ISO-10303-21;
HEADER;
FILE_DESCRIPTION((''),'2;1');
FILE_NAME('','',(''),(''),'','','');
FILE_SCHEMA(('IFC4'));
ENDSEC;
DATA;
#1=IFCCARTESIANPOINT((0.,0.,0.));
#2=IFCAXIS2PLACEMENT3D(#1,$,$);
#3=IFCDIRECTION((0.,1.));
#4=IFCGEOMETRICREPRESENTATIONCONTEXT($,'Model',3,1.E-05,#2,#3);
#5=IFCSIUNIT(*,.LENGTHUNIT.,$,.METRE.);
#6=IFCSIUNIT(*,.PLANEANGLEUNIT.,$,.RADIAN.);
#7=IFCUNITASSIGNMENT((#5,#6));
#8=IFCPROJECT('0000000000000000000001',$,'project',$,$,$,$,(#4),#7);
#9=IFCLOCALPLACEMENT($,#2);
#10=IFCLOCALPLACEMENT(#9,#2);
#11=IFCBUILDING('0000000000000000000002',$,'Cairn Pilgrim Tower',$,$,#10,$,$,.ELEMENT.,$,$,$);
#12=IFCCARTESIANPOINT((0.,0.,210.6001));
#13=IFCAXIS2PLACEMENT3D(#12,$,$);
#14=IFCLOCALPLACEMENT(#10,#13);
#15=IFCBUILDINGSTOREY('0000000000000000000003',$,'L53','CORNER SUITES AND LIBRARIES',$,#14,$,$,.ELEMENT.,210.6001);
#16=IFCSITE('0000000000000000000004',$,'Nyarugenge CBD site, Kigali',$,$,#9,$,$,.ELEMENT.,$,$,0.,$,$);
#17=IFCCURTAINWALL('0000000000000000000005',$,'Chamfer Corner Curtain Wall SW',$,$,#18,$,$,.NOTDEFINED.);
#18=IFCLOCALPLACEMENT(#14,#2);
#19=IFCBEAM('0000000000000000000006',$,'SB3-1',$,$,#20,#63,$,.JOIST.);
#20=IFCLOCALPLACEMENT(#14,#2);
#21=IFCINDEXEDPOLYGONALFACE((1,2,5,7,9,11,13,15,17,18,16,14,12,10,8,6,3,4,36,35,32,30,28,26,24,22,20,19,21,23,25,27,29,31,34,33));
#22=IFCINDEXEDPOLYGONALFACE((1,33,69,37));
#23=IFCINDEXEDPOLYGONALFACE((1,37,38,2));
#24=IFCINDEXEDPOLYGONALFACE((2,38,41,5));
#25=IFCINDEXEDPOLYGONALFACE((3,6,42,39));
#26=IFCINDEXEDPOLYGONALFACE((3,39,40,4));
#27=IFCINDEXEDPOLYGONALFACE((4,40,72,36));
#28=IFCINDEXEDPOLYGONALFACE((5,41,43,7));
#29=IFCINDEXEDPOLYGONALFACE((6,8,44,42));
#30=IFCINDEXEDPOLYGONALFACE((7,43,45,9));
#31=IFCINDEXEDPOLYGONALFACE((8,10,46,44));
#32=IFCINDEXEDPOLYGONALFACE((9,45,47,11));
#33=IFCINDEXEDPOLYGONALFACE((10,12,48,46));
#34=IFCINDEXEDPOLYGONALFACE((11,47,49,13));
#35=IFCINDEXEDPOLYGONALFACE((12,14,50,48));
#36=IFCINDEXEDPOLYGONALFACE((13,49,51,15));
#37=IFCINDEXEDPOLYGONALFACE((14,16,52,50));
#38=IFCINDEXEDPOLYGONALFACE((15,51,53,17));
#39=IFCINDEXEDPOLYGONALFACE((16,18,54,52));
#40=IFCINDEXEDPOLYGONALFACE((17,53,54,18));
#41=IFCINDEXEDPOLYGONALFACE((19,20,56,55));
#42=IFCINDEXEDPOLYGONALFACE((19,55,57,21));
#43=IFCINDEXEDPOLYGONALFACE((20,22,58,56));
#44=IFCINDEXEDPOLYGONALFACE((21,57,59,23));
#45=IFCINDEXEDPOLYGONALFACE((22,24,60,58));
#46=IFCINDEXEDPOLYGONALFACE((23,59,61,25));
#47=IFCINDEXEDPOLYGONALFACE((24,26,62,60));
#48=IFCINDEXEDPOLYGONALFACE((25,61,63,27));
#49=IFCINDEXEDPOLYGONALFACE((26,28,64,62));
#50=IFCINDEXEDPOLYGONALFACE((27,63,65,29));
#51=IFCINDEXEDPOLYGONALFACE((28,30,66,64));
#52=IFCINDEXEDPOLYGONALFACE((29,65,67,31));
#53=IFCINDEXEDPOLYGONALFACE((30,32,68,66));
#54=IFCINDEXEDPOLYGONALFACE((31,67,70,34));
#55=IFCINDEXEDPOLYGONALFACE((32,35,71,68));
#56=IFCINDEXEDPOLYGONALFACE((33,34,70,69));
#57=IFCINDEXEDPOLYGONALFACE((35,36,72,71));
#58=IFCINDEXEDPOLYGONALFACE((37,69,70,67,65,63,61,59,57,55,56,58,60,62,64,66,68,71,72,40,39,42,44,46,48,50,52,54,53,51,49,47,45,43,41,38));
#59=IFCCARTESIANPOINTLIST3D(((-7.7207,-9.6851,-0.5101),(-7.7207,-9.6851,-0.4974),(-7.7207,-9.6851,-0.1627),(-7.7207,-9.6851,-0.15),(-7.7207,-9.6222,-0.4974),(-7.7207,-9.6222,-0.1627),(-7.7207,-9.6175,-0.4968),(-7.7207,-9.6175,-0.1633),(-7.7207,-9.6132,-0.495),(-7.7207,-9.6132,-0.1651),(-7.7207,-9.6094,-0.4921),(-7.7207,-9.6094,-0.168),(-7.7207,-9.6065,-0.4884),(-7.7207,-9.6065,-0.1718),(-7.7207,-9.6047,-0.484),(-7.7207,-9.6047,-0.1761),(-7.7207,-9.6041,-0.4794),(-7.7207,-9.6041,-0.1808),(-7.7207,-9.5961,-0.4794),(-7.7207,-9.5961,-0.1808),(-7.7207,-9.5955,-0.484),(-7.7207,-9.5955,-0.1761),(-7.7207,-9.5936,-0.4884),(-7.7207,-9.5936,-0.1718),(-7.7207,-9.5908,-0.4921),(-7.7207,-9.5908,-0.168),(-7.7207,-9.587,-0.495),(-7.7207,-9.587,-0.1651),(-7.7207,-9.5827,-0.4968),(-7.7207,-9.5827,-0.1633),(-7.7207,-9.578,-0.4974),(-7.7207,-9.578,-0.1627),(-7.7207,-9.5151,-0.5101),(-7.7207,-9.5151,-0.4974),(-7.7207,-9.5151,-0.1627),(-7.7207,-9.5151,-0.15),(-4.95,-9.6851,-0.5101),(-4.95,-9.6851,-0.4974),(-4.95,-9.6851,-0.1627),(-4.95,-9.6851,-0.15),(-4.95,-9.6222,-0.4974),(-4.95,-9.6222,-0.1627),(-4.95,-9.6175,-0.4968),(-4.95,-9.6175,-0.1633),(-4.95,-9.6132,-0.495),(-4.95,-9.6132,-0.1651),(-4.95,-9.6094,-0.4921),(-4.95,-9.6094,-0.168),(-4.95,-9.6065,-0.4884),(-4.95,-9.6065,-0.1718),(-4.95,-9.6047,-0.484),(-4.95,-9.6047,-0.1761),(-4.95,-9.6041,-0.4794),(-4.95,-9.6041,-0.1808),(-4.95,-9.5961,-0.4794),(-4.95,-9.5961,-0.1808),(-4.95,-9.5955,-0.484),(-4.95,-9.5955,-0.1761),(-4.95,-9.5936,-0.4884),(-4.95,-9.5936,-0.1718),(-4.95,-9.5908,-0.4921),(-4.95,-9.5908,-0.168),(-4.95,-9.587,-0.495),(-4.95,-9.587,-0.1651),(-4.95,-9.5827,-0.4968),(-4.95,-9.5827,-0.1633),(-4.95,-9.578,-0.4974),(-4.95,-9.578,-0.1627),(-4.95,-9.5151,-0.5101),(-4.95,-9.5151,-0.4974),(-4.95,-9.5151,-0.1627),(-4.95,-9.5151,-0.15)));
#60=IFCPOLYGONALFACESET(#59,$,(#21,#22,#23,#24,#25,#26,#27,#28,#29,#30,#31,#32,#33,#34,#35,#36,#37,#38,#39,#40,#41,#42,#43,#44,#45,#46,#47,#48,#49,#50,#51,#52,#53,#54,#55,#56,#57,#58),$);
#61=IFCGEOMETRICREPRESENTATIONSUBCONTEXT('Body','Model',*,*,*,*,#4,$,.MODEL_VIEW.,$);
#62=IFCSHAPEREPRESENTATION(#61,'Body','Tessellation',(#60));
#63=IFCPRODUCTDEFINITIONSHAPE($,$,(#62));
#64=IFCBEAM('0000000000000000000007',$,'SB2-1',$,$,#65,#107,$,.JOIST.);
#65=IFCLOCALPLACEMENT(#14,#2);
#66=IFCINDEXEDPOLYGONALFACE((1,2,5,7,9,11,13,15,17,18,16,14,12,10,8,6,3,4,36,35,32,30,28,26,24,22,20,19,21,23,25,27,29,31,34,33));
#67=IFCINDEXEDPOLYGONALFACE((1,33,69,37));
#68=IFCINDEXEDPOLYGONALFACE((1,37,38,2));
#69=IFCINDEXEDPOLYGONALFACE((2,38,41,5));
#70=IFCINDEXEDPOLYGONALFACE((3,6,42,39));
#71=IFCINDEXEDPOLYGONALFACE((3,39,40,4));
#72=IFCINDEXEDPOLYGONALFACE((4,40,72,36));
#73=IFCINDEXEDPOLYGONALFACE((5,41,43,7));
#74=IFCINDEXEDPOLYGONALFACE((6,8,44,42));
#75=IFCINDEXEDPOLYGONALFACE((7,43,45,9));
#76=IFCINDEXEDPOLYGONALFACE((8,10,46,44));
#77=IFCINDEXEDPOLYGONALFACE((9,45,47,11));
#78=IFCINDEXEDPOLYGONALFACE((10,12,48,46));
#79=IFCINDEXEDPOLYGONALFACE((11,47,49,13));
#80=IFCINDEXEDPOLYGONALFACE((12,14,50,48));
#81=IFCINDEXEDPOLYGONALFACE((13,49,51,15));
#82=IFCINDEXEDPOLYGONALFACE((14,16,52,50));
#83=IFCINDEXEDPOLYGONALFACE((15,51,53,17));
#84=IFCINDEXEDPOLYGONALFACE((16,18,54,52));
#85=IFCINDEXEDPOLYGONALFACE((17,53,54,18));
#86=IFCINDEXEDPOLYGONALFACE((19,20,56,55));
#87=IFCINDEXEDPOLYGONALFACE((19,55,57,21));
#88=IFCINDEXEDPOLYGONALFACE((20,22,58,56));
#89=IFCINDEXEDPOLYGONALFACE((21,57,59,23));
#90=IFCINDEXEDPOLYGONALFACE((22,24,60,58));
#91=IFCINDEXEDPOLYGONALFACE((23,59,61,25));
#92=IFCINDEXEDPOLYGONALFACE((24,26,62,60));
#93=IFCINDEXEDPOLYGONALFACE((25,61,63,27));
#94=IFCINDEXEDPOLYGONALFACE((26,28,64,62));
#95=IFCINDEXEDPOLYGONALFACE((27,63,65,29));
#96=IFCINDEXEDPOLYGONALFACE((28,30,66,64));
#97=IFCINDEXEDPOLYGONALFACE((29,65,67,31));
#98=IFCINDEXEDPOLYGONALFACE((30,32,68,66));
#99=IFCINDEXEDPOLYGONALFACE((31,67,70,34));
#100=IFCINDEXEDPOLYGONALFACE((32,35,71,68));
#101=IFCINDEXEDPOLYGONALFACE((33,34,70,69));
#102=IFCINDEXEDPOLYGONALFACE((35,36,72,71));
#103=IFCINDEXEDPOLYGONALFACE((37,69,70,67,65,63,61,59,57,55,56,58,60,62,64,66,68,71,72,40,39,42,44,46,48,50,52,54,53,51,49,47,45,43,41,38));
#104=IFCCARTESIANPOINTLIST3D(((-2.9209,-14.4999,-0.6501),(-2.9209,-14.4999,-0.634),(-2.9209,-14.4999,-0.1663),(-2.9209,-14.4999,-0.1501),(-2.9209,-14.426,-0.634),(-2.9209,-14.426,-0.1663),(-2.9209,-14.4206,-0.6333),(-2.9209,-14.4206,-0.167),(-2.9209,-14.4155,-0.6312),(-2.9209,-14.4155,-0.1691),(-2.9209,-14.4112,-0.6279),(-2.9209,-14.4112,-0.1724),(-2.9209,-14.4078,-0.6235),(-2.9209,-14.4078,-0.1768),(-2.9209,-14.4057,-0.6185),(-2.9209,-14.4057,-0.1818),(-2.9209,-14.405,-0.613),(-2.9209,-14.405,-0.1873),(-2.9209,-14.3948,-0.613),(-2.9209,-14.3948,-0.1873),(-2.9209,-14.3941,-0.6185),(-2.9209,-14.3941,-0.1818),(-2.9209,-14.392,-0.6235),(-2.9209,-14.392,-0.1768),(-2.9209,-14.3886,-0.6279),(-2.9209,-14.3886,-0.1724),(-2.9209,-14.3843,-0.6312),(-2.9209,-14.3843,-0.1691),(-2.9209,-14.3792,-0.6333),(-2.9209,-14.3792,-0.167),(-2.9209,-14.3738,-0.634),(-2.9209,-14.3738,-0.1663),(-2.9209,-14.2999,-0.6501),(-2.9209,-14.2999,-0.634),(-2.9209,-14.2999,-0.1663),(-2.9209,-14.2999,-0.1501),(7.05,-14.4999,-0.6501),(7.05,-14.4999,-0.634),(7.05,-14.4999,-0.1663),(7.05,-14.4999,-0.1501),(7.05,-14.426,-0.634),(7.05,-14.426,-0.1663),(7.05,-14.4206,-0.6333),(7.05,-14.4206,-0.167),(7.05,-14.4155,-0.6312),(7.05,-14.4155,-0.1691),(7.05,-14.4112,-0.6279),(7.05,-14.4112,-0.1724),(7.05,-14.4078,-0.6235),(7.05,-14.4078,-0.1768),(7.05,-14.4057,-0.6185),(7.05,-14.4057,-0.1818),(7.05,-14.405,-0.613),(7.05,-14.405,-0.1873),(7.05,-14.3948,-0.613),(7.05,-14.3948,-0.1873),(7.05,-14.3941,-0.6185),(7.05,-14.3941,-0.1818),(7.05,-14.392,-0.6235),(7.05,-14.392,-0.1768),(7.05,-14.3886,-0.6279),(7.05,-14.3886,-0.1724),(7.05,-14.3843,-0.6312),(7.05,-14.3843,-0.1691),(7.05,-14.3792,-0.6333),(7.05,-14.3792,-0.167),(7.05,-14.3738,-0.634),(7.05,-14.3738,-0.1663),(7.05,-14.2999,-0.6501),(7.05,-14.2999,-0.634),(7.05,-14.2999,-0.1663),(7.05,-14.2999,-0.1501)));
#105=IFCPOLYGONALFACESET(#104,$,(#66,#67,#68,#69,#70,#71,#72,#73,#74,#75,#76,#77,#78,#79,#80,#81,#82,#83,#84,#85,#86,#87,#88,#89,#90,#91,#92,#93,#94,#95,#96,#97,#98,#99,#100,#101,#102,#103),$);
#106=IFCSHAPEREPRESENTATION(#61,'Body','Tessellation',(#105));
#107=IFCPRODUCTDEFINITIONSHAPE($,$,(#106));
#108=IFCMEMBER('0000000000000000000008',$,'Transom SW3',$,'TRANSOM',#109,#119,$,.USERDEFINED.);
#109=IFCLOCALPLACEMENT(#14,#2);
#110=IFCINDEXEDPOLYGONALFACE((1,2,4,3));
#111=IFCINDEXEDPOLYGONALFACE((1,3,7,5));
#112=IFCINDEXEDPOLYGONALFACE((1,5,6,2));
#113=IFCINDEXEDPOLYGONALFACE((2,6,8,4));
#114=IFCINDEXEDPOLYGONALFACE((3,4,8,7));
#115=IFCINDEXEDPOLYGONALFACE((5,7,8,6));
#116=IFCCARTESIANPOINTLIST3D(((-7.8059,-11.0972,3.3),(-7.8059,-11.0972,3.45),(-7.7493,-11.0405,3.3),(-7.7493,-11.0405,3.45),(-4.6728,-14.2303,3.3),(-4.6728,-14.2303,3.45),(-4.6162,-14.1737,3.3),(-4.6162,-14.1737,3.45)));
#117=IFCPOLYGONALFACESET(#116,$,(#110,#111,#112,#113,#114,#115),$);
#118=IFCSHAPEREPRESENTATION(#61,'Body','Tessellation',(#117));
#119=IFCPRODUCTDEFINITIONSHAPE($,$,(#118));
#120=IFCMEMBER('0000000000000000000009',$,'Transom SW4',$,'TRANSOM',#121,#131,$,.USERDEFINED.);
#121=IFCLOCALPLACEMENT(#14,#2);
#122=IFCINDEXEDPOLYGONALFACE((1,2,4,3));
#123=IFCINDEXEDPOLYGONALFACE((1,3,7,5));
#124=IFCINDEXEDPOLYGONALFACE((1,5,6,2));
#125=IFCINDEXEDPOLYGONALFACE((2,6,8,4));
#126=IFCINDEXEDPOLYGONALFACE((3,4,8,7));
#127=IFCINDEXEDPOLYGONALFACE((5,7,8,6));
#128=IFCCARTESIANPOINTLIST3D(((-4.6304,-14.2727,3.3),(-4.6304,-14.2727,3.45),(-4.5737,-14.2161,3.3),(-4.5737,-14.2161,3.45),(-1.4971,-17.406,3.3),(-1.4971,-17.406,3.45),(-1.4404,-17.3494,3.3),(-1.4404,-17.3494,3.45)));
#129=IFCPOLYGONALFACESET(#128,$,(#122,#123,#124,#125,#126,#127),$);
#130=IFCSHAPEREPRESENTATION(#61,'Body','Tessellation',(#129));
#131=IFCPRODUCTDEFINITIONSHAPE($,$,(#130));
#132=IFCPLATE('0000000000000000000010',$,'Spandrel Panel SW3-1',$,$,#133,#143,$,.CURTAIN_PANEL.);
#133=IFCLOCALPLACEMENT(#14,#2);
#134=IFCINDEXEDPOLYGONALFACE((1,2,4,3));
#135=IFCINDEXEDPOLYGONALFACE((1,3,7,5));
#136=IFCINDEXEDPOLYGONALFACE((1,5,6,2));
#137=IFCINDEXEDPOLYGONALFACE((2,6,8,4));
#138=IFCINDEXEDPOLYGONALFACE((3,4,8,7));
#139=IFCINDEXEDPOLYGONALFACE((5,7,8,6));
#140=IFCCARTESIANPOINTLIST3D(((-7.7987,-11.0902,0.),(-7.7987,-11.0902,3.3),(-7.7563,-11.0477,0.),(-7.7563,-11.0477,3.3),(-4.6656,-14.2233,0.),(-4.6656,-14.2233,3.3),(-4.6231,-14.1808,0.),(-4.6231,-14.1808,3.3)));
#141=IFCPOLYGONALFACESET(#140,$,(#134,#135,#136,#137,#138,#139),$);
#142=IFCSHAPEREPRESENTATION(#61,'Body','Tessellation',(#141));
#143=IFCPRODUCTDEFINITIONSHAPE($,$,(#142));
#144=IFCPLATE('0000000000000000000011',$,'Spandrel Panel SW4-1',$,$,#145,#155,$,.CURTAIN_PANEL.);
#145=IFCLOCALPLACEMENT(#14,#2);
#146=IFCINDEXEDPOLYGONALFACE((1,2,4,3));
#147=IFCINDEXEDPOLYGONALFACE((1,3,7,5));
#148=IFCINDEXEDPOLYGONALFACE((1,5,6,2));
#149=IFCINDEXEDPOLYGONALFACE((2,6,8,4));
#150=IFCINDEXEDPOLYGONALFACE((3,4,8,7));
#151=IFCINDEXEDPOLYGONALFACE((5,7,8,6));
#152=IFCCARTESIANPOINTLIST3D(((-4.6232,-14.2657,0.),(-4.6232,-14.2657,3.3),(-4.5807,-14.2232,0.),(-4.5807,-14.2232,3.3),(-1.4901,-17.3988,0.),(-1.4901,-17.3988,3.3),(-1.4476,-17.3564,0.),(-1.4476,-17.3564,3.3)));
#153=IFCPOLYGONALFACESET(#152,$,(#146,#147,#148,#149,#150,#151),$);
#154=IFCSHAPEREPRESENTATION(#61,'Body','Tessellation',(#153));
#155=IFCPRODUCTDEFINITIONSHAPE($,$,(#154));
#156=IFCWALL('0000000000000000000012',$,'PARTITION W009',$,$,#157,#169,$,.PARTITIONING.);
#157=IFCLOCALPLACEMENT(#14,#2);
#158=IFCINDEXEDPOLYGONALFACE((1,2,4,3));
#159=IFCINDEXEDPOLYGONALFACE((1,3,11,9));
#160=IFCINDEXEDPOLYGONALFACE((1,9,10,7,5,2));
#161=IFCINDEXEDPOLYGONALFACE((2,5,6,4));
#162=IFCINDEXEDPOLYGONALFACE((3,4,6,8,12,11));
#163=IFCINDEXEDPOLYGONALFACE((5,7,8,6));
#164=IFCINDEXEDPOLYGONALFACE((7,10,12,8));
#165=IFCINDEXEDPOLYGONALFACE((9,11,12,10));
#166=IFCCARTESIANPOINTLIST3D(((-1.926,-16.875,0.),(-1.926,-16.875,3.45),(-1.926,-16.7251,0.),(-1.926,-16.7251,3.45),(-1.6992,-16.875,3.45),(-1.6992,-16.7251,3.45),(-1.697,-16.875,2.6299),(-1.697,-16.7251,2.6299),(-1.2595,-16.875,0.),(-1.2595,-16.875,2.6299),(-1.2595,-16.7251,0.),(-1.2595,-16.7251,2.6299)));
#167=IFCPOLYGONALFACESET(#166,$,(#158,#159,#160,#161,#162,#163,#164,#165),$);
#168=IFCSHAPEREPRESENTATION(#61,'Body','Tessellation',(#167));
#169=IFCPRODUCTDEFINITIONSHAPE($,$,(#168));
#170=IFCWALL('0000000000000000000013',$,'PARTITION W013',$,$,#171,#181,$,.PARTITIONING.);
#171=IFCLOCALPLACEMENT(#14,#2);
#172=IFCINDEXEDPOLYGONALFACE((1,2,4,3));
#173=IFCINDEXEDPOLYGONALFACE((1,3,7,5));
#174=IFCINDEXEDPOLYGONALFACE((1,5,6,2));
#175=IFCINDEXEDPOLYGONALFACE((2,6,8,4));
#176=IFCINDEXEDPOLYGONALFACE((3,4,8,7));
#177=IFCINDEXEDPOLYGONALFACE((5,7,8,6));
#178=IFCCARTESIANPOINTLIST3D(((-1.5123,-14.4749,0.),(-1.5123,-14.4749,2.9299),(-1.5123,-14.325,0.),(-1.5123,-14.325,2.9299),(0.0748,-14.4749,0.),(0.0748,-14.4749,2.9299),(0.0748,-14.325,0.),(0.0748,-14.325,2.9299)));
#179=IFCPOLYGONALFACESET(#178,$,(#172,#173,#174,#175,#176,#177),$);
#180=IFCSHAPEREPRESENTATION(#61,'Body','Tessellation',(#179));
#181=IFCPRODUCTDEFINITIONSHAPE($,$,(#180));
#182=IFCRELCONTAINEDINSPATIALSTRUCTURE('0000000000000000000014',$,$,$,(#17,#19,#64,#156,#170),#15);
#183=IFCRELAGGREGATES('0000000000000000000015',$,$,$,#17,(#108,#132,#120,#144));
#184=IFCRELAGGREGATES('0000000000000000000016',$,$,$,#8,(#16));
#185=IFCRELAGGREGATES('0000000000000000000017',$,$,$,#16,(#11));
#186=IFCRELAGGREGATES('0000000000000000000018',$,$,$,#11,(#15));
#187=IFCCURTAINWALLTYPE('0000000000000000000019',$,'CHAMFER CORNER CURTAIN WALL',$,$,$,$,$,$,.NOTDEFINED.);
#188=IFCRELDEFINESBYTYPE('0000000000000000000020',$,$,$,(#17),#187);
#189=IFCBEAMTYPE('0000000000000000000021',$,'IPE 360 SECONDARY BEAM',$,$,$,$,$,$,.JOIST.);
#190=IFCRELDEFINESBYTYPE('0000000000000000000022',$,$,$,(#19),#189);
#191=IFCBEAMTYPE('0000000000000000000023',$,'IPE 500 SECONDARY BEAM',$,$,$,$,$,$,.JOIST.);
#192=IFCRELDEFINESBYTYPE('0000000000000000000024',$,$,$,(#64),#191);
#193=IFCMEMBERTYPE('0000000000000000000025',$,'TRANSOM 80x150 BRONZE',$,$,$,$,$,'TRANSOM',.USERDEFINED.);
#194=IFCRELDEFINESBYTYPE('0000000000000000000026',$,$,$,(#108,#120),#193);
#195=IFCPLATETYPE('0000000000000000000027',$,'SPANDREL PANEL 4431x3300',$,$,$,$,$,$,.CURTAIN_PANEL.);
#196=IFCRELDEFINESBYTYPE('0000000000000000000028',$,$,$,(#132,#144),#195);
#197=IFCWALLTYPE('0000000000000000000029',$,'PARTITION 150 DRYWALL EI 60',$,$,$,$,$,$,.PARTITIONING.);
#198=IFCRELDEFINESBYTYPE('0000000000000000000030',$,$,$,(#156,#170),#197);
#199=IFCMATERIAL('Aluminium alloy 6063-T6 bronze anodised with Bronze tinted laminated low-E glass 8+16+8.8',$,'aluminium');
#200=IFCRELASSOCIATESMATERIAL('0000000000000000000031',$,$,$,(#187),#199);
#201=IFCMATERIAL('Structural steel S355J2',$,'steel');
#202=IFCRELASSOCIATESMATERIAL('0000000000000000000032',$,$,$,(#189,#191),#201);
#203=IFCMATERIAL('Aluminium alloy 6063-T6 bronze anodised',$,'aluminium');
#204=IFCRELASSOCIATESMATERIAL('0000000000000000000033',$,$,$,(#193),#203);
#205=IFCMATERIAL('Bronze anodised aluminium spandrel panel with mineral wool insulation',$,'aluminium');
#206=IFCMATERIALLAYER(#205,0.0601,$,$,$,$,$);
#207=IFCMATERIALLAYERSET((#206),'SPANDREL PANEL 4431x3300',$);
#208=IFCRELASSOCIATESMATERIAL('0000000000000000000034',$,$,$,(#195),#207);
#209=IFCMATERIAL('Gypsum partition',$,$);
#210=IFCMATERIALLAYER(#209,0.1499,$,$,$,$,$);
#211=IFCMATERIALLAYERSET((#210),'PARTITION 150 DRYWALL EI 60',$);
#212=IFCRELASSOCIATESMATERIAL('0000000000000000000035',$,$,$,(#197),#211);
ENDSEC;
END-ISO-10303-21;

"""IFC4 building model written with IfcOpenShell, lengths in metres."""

from ifc_helpers import new_model, si_unit, direction, frame, frame_2d, origin, origin_2d, place, context, subcontext, project, spatial, polyline, rectangle, i_section, outline, extrude, material, layer, layer_set, material_profile, profile_set, type_object, element, aggregate, save


model = new_model("IFC4")

# Units and contexts
model_context = context("Model", 3, precision=1e-05, world=origin(), true_north=direction((0.0, 1.0)))
body_context = subcontext(model_context, "Body", "Model", "MODEL_VIEW")
ifc_project = project(units=[si_unit("LENGTHUNIT", "METRE"), si_unit("PLANEANGLEUNIT", "RADIAN")], contexts=[model_context])

# Site, building, storey
site_placement = place(None, origin())
site = spatial("IfcSite", under=ifc_project, at=site_placement, Name="Nyarugenge CBD site, Kigali", CompositionType="ELEMENT", RefElevation=0.0)
building_placement = place(site_placement, origin())
building = spatial("IfcBuilding", under=site, at=building_placement, Name="Cairn Pilgrim Tower", CompositionType="ELEMENT")
storey_placement = place(building_placement, frame((0.0, 0.0, 210.6001)))
storey = spatial("IfcBuildingStorey", under=building, at=storey_placement, Name="L53", Description="CORNER SUITES AND LIBRARIES", CompositionType="ELEMENT", Elevation=210.6001)

# Shared definitions
ifc_material_1 = material(Name="Structural steel S355J2", Category="steel")

# Curtain wall
ifc_material_2 = material(Name="Aluminium alloy 6063-T6 bronze anodised with Bronze tinted laminated low-E glass 8+16+8.8", Category="aluminium")
curtain_wall_type = type_object("IfcCurtainWallType", Name="CHAMFER CORNER CURTAIN WALL", PredefinedType="NOTDEFINED", material=ifc_material_2)
curtain_wall_placement = place(storey_placement, origin())
curtain_wall = element("IfcCurtainWall", 1, at=curtain_wall_placement, inside=storey, type_object=curtain_wall_type, Name="Chamfer Corner Curtain Wall SW", PredefinedType="NOTDEFINED")
ifc_material_3 = material(Name="Aluminium alloy 6063-T6 bronze anodised", Category="aluminium")

# Beams
ifc_material_profile_1 = material_profile(ifc_material_1, i_section(OverallWidth=0.1699, OverallDepth=0.3601, WebThickness=0.0081, FlangeThickness=0.0127, FilletRadius=0.0181, at=origin_2d()), Name="IPE 360")
ifc_profile_set_1 = profile_set([ifc_material_profile_1], Name="Structural steel S355J2")
beam_type_1 = type_object("IfcBeamType", Name="IPE 360 SECONDARY BEAM", PredefinedType="JOIST", material=ifc_profile_set_1)
beam_1_placement = place(storey_placement, frame((-7.7207, -9.6001, -0.3301), z_axis=(1.0, 0.0, 0.0), x_axis=(0.0, 1.0, 0.0)))
element("IfcBeam", 2, at=beam_1_placement, inside=storey, type_object=beam_type_1, Name="SB3-1", PredefinedType="JOIST", context=body_context, shape_type="SweptSolid", body=[
    extrude(i_section(OverallWidth=0.1699, OverallDepth=0.3601, WebThickness=0.0081, FlangeThickness=0.0127, FilletRadius=0.0181, at=origin_2d()), origin(), (0.0, 0.0, 1.0), 2.7708),
])
ifc_material_profile_2 = material_profile(ifc_material_1, i_section(OverallWidth=0.2, OverallDepth=0.5, WebThickness=0.0103, FlangeThickness=0.0161, FilletRadius=0.021, at=origin_2d()), Name="IPE 500")
ifc_profile_set_2 = profile_set([ifc_material_profile_2], Name="Structural steel S355J2")
beam_type_2 = type_object("IfcBeamType", Name="IPE 500 SECONDARY BEAM", PredefinedType="JOIST", material=ifc_profile_set_2)
beam_2_placement = place(storey_placement, frame((-2.9209, -14.3999, -0.4001), z_axis=(1.0, 0.0, 0.0), x_axis=(0.0, 1.0, 0.0)))
element("IfcBeam", 3, at=beam_2_placement, inside=storey, type_object=beam_type_2, Name="SB2-1", PredefinedType="JOIST", context=body_context, shape_type="SweptSolid", body=[
    extrude(i_section(OverallWidth=0.2, OverallDepth=0.5, WebThickness=0.0103, FlangeThickness=0.0161, FilletRadius=0.021, at=origin_2d()), origin(), (0.0, 0.0, 1.0), 9.9709),
])

# Members
ifc_material_profile_3 = material_profile(ifc_material_3, rectangle(XDim=0.0801, YDim=0.1499, at=origin_2d()), Name="TRANSOM 80x150 BRONZE")
ifc_profile_set_3 = profile_set([ifc_material_profile_3], Name="Aluminium alloy 6063-T6 bronze anodised")
member_type_1 = type_object("IfcMemberType", Name="TRANSOM 80x150 BRONZE", ElementType="TRANSOM", PredefinedType="USERDEFINED", material=ifc_profile_set_3)
member_1_placement = place(storey_placement, frame((-7.7776, -11.0688, 3.375), z_axis=(0.707107, -0.707107, 0.0), x_axis=(0.707107, 0.707107, 0.0)))
member_1 = element("IfcMember", 4, at=member_1_placement, type_object=member_type_1, Name="Transom SW3", ObjectType="TRANSOM", PredefinedType="USERDEFINED", context=body_context, shape_type="SweptSolid", body=[
    extrude(rectangle(XDim=0.0801, YDim=0.1499, at=origin_2d()), origin(), (0.0, 0.0, 1.0), 4.4309),
])
member_2_placement = place(storey_placement, frame((-4.6021, -14.2444, 3.375), z_axis=(0.707107, -0.707107, 0.0), x_axis=(0.707107, 0.707107, 0.0)))
member_2 = element("IfcMember", 5, at=member_2_placement, type_object=member_type_1, Name="Transom SW4", ObjectType="TRANSOM", PredefinedType="USERDEFINED", context=body_context, shape_type="SweptSolid", body=[
    extrude(rectangle(XDim=0.0801, YDim=0.1499, at=origin_2d()), origin(), (0.0, 0.0, 1.0), 4.4312),
])

# Plates
ifc_material_4 = material(Name="Bronze anodised aluminium spandrel panel with mineral wool insulation", Category="aluminium")
ifc_layer_1 = layer(ifc_material_4, 0.0601)
ifc_layer_set_1 = layer_set([ifc_layer_1], Name="SPANDREL PANEL 4431x3300")
plate_type = type_object("IfcPlateType", Name="SPANDREL PANEL 4431x3300", PredefinedType="CURTAIN_PANEL", material=ifc_layer_set_1)
plate_1_placement = place(storey_placement, frame((-6.2109, -12.6355, 0.0), z_axis=(0.0, 0.0, 1.0), x_axis=(0.707107, -0.707107, 0.0)))
plate_1 = element("IfcPlate", 6, at=plate_1_placement, type_object=plate_type, Name="Spandrel Panel SW3-1", PredefinedType="CURTAIN_PANEL", context=body_context, shape_type="SweptSolid", body=[
    extrude(rectangle(XDim=4.4309, YDim=0.0601, at=origin_2d()), origin(), (0.0, 0.0, 1.0), 3.3),
])
plate_2_placement = place(storey_placement, frame((-3.0354, -15.811, 0.0), z_axis=(0.0, 0.0, 1.0), x_axis=(0.707107, -0.707107, 0.0)))
plate_2 = element("IfcPlate", 7, at=plate_2_placement, type_object=plate_type, Name="Spandrel Panel SW4-1", PredefinedType="CURTAIN_PANEL", context=body_context, shape_type="SweptSolid", body=[
    extrude(rectangle(XDim=4.4309, YDim=0.0601, at=origin_2d()), origin(), (0.0, 0.0, 1.0), 3.3),
])
aggregate(curtain_wall, [member_1, plate_1, member_2, plate_2])

# Walls
ifc_material_5 = material(Name="Gypsum partition")
ifc_layer_2 = layer(ifc_material_5, 0.1499)
ifc_layer_set_2 = layer_set([ifc_layer_2], Name="PARTITION 150 DRYWALL EI 60")
wall_type_1 = type_object("IfcWallType", Name="PARTITION 150 DRYWALL EI 60", PredefinedType="PARTITIONING", material=ifc_layer_set_2)
wall_1_placement = place(storey_placement, frame((-1.926, -16.8, 0.0), z_axis=(0.0, 0.0, 1.0), x_axis=(1.0, 0.0, 0.0)))
element("IfcWall", 8, at=wall_1_placement, inside=storey, type_object=wall_type_1, Name="PARTITION W009", PredefinedType="PARTITIONING", context=body_context, shape_type="SweptSolid", body=[
    extrude(outline(polyline([(0.0, 0.0), (0.6665, 0.0), (0.6665, 2.6299), (0.229, 2.6299), (0.2268, 3.45), (0.0, 3.45), (0.0, 0.0)])), frame((0.0, 0.075, 0.0), z_axis=(0.0, -1.0, 0.0), x_axis=(1.0, 0.0, 0.0)), (0.0, 0.0, 1.0), 0.1499),
])
wall_2_placement = place(storey_placement, frame((-1.5122, -14.3999, 0.0), z_axis=(0.0, 0.0, 1.0), x_axis=(1.0, 0.0, 0.0)))
element("IfcWall", 9, at=wall_2_placement, inside=storey, type_object=wall_type_1, Name="PARTITION W013", PredefinedType="PARTITIONING", context=body_context, shape_type="SweptSolid", body=[
    extrude(rectangle(XDim=1.5872, YDim=0.1499, at=frame_2d((0.7935, 0.0))), origin(), (0.0, 0.0, 1.0), 2.9299),
])

save(model, "model.ifc")
